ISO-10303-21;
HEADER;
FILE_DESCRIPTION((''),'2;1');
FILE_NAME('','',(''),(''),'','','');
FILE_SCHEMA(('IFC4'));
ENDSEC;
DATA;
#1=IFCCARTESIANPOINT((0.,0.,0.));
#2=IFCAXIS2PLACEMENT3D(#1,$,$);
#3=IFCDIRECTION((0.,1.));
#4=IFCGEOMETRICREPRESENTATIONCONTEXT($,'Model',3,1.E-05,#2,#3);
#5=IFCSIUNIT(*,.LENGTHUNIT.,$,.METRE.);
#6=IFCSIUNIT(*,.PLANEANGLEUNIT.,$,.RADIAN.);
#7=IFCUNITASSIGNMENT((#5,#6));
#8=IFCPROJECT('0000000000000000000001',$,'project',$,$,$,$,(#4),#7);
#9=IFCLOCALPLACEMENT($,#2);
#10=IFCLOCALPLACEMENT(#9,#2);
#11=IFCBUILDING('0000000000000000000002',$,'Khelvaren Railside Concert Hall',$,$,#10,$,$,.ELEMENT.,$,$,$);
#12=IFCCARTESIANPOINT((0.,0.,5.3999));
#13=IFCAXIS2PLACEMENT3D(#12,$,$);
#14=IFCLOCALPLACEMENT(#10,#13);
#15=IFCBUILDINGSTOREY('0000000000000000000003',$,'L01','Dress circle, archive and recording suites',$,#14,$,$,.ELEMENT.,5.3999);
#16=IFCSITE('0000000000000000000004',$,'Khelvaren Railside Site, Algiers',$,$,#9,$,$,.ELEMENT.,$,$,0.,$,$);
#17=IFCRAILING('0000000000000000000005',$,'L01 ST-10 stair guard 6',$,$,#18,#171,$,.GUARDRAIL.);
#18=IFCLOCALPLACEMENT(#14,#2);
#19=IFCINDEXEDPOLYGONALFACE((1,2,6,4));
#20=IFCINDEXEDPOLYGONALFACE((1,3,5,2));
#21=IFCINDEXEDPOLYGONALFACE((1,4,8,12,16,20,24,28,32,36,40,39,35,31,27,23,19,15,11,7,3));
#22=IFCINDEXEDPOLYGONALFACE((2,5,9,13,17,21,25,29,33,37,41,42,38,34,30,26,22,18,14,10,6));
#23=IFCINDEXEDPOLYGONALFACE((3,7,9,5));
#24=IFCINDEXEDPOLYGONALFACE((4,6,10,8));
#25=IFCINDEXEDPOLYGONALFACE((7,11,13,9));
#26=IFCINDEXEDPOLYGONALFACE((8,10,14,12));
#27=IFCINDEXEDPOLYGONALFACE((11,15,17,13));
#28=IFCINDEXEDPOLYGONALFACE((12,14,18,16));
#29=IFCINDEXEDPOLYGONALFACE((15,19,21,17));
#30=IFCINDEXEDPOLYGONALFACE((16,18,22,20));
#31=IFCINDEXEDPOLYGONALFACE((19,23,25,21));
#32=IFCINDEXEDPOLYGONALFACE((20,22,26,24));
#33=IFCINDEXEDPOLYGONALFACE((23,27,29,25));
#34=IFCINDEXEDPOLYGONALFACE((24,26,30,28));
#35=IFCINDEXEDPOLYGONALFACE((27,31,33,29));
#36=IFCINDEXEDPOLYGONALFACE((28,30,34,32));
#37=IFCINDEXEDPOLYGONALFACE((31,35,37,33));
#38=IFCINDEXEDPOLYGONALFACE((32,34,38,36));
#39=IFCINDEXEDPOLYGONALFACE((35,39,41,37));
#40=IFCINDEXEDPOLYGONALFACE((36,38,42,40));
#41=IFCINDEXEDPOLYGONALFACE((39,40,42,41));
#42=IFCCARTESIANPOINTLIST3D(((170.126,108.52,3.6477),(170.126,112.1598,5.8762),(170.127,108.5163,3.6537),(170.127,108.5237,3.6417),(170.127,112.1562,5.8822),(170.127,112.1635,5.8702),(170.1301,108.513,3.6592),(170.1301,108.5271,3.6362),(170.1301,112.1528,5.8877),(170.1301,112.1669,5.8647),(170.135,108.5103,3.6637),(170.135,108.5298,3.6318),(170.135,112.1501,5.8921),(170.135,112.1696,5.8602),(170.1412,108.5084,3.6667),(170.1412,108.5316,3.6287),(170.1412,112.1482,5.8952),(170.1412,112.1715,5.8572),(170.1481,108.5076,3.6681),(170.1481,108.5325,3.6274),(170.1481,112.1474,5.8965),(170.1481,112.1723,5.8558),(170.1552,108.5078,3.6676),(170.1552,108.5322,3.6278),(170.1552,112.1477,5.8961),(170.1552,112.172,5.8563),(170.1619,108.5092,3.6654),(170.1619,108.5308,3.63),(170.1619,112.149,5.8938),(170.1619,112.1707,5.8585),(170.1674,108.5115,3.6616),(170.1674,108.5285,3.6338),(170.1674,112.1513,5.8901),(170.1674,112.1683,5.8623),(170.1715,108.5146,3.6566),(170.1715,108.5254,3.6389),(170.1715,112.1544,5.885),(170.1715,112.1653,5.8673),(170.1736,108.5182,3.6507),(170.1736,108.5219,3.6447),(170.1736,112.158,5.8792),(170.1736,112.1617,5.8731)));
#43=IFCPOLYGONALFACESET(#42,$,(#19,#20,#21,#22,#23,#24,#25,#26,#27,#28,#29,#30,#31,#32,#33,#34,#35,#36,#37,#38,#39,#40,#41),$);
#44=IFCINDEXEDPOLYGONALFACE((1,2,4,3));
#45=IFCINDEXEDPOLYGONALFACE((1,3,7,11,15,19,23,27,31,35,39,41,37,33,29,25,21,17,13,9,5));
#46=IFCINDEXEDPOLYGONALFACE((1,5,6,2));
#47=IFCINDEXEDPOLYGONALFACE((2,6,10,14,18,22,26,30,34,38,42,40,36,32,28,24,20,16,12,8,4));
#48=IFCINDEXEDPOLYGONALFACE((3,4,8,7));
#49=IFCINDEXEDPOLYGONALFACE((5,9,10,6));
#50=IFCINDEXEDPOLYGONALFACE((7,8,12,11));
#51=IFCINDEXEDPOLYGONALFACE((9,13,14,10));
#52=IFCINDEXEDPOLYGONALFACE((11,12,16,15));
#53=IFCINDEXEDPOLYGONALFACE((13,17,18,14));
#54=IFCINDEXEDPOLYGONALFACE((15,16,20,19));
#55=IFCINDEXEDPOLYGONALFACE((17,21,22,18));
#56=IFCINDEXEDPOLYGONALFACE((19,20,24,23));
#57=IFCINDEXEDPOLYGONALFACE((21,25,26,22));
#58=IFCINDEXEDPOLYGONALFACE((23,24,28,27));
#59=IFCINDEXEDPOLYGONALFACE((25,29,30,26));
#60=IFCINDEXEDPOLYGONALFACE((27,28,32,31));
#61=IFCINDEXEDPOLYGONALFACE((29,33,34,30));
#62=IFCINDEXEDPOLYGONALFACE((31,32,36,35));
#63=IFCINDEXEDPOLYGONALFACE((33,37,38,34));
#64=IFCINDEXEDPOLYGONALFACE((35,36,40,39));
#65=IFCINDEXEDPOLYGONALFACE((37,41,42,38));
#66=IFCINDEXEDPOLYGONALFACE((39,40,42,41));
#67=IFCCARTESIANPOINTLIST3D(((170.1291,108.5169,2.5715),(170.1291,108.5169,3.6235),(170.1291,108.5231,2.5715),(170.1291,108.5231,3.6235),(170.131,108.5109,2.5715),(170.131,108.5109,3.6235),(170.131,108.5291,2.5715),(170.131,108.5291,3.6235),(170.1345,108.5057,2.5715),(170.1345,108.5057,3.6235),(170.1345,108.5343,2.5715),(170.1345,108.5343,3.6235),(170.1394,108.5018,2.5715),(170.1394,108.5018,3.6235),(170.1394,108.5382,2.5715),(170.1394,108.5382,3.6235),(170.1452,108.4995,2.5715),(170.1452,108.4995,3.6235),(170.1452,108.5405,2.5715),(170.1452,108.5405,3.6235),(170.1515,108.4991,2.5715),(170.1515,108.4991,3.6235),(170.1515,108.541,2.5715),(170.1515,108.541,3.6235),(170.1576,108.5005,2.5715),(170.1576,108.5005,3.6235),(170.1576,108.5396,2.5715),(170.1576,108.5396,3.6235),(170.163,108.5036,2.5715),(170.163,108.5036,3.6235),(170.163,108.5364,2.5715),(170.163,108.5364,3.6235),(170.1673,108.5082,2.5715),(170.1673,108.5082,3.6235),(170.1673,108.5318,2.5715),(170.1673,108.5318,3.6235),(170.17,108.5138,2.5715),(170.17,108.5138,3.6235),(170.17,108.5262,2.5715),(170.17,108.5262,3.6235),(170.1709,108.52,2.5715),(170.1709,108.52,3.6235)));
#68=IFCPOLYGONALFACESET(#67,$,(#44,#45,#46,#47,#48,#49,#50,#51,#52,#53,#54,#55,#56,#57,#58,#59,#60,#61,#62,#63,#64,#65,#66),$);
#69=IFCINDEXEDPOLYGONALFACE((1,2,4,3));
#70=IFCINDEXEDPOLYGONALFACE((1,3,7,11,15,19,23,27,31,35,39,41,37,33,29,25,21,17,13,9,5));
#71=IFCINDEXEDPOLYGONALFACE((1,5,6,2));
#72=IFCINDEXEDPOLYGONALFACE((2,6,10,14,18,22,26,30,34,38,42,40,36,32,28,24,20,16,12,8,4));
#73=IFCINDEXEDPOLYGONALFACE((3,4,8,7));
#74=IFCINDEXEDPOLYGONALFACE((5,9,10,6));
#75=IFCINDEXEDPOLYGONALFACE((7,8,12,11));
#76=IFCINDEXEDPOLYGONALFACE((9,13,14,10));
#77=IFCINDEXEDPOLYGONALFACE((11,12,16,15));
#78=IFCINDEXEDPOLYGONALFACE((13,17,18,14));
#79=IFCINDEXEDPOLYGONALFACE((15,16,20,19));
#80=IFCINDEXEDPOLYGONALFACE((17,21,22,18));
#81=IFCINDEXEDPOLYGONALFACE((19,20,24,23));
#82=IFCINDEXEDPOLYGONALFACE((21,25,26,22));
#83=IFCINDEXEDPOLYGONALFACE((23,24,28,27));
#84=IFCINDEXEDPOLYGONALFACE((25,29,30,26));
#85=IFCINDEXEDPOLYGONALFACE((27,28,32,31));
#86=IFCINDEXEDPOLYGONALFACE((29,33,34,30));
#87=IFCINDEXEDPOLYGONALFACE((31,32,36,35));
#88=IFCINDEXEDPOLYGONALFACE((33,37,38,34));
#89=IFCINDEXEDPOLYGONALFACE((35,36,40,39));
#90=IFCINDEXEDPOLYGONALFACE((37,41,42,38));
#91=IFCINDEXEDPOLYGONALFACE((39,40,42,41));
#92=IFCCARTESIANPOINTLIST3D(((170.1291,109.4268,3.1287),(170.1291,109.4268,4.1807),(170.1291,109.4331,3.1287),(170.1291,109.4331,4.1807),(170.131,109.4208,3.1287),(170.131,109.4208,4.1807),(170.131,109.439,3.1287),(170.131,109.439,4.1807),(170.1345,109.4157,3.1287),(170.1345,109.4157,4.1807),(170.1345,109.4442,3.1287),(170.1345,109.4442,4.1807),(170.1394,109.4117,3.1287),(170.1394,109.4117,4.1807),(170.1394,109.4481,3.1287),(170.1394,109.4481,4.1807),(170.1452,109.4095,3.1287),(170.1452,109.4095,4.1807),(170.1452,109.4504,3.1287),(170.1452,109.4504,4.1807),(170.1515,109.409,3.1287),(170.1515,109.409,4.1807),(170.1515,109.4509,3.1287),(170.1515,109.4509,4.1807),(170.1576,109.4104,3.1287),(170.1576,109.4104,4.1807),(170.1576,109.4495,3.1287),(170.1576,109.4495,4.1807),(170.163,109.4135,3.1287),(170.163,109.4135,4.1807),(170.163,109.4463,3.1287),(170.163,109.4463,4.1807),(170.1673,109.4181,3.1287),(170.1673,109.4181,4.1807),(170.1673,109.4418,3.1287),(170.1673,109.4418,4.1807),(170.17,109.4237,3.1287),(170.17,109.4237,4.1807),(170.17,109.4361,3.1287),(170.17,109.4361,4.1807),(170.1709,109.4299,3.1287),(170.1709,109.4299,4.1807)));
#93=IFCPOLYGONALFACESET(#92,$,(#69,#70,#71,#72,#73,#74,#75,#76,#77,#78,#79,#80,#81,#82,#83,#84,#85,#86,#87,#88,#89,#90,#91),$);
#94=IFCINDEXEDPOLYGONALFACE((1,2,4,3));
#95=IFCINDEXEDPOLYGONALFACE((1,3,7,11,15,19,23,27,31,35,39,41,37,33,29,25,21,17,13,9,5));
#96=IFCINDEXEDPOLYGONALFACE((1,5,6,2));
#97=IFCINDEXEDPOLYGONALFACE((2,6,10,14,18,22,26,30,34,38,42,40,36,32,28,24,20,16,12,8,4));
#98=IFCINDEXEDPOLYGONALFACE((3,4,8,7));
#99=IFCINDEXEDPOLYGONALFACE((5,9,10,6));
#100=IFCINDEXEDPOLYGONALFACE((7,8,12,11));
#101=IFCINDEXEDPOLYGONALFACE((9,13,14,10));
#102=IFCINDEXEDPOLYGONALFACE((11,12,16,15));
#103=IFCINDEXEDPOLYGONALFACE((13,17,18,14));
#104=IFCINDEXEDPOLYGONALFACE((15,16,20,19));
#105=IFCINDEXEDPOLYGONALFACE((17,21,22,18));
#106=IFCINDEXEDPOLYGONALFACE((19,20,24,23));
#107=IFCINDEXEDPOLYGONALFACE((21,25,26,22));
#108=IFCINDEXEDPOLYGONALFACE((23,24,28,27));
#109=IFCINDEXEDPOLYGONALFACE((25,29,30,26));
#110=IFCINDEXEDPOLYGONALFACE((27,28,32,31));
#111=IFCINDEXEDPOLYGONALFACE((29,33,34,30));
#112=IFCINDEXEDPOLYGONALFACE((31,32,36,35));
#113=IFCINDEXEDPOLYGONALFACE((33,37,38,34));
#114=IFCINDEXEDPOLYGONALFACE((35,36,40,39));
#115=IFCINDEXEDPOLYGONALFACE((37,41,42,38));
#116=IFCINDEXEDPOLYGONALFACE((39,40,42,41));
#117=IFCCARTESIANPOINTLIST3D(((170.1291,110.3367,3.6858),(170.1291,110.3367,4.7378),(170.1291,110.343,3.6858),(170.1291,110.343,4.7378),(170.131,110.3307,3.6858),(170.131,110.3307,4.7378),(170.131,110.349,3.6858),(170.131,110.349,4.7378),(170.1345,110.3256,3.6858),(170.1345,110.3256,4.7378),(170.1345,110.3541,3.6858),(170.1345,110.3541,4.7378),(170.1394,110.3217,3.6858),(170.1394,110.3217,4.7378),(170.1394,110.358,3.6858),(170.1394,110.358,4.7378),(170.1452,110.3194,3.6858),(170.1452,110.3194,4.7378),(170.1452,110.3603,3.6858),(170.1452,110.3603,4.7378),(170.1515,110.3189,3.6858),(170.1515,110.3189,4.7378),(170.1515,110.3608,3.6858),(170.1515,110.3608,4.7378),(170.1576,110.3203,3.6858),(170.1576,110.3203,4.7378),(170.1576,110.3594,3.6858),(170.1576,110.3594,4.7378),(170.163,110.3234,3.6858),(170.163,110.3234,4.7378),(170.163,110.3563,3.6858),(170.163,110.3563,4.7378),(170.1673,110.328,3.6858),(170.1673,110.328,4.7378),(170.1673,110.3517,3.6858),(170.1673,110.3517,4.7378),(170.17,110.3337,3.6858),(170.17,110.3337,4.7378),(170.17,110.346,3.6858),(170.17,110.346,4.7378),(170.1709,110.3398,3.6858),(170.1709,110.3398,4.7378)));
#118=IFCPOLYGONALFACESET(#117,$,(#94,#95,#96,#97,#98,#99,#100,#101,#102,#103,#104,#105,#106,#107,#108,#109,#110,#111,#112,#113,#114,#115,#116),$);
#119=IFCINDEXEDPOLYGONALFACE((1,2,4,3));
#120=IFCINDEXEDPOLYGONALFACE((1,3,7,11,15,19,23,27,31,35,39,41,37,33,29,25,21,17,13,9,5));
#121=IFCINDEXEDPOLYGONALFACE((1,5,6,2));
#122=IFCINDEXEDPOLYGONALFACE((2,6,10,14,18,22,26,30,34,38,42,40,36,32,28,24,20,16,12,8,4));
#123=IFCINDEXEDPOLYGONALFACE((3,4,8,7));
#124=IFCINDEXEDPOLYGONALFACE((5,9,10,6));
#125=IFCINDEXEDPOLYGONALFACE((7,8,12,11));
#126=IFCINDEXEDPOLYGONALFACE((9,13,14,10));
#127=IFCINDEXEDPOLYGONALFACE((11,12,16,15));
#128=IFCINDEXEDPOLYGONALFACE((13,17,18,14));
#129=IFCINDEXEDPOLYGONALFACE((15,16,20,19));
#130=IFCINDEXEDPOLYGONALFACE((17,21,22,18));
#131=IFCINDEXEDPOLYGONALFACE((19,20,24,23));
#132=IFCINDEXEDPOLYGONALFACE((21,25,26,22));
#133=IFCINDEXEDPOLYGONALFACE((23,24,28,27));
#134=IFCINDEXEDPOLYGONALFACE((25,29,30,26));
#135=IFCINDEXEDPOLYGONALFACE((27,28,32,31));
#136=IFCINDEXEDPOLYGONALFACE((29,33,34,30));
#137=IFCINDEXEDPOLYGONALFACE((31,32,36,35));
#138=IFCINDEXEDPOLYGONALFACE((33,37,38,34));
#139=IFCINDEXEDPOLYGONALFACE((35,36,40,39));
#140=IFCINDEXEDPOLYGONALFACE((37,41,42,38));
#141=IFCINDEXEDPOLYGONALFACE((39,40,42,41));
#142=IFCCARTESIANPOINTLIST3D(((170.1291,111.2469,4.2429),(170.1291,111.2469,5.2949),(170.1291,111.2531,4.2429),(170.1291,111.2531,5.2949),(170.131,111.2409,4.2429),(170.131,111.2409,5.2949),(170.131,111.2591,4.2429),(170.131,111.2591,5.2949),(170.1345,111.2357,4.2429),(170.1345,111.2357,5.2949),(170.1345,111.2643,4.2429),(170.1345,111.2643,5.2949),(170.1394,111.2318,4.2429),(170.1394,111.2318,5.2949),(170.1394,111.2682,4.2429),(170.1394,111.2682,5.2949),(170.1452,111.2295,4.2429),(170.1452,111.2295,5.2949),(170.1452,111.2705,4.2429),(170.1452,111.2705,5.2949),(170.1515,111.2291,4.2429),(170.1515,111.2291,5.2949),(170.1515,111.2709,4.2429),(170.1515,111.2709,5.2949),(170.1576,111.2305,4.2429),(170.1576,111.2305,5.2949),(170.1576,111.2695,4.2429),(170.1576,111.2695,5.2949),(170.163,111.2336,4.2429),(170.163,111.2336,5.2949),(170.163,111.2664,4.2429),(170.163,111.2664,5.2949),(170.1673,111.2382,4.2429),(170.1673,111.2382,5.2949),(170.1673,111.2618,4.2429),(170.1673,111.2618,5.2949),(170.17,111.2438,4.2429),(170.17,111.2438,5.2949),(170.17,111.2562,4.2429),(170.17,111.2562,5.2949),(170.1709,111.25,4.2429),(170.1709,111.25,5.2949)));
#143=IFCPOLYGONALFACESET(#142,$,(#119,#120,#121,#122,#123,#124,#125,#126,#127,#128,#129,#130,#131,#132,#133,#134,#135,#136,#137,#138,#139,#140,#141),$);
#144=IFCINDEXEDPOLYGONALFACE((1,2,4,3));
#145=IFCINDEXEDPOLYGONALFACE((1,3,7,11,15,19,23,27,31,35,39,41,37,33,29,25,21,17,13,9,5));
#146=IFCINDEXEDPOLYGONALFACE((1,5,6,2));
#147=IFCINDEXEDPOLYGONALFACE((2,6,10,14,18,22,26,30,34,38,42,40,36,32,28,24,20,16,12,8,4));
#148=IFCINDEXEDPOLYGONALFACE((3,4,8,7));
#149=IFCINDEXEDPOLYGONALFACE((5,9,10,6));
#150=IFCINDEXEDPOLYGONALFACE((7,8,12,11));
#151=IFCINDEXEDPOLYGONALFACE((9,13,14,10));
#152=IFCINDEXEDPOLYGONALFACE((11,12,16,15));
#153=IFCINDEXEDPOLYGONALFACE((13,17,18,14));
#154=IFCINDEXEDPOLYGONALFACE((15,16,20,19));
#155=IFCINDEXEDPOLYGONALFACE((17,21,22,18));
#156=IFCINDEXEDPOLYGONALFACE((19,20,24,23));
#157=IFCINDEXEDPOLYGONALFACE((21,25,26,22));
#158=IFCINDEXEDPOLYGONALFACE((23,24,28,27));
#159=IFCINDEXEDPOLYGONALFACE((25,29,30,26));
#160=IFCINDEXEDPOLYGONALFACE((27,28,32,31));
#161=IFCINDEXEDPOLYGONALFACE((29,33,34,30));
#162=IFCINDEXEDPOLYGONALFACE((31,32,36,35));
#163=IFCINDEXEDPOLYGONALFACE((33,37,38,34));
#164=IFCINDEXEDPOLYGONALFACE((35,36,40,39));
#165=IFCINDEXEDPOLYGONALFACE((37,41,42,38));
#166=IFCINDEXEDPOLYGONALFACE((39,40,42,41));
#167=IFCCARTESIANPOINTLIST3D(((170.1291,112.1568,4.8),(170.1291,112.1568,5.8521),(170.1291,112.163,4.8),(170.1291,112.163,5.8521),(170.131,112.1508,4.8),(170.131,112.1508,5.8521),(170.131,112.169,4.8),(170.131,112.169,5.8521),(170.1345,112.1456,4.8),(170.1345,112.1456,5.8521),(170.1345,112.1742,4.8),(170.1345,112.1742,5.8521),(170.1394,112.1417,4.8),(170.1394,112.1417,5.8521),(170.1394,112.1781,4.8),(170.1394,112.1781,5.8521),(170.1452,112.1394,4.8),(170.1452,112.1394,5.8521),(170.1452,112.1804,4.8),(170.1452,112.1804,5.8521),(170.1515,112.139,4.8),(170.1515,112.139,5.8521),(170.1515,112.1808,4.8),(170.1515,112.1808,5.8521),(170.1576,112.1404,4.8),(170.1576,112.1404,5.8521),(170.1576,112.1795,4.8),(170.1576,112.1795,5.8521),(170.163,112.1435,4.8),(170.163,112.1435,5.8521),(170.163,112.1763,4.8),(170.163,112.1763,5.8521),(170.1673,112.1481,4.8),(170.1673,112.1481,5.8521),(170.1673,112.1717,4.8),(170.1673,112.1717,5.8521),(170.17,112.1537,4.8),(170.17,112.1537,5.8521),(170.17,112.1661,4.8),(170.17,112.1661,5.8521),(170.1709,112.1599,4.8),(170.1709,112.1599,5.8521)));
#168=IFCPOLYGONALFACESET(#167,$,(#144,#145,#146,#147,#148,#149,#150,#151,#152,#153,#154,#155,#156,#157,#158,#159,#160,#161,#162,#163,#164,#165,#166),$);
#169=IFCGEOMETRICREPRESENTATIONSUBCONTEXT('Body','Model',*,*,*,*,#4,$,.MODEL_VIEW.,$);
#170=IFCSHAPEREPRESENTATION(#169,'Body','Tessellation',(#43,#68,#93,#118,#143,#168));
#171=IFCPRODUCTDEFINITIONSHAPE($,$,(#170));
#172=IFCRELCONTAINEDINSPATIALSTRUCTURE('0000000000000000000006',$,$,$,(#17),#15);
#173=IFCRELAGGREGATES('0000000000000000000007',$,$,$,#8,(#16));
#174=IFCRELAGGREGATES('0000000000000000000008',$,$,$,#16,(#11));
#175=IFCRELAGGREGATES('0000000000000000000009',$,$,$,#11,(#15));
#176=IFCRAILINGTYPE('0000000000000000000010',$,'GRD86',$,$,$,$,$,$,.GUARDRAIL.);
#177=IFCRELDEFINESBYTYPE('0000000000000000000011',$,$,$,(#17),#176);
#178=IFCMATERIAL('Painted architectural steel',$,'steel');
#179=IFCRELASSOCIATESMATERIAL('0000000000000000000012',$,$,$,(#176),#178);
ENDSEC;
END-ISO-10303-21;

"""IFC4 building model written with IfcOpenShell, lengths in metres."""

from ifc_helpers import new_model, si_unit, direction, frame, origin, origin_2d, place, context, subcontext, project, spatial, circle, extrude, material, type_object, element, save


model = new_model("IFC4")

# Units and contexts
model_context = context("Model", 3, precision=1e-05, world=origin(), true_north=direction((0.0, 1.0)))
body_context = subcontext(model_context, "Body", "Model", "MODEL_VIEW")
ifc_project = project(units=[si_unit("LENGTHUNIT", "METRE"), si_unit("PLANEANGLEUNIT", "RADIAN")], contexts=[model_context])

# Site, building, storey
site_placement = place(None, origin())
site = spatial("IfcSite", under=ifc_project, at=site_placement, Name="Khelvaren Railside Site, Algiers", CompositionType="ELEMENT", RefElevation=0.0)
building_placement = place(site_placement, origin())
building = spatial("IfcBuilding", under=site, at=building_placement, Name="Khelvaren Railside Concert Hall", CompositionType="ELEMENT")
storey_placement = place(building_placement, frame((0.0, 0.0, 5.3999)))
storey = spatial("IfcBuildingStorey", under=building, at=storey_placement, Name="L01", Description="Dress circle, archive and recording suites", CompositionType="ELEMENT", Elevation=5.3999)

# Railing
ifc_material_1 = material(Name="Painted architectural steel", Category="steel")
railing_type_1 = type_object("IfcRailingType", Name="GRD86", PredefinedType="GUARDRAIL", material=ifc_material_1)
railing_1_placement = place(storey_placement, frame((170.1499, 108.52, 2.5715)))
element("IfcRailing", 1, at=railing_1_placement, inside=storey, type_object=railing_type_1, Name="L01 ST-10 stair guard 6", PredefinedType="GUARDRAIL", context=body_context, shape_type="SweptSolid", body=[
    extrude(circle(Radius=0.0239, at=origin_2d()), frame((0.0, 0.0, 1.0762), z_axis=(0.0, 0.85285, 0.522156), x_axis=(-1.0, 0.0, 0.0)), (0.0, 0.0, 1.0), 4.2678),
    extrude(circle(Radius=0.021, at=origin_2d()), origin(), (0.0, 0.0, 1.0), 1.052),
    extrude(circle(Radius=0.021, at=origin_2d()), frame((0.0, 0.9099, 0.5571)), (0.0, 0.0, 1.0), 1.052),
    extrude(circle(Radius=0.021, at=origin_2d()), frame((0.0, 1.8198, 1.1143)), (0.0, 0.0, 1.0), 1.052),
    extrude(circle(Radius=0.021, at=origin_2d()), frame((0.0, 2.73, 1.6714)), (0.0, 0.0, 1.0), 1.052),
    extrude(circle(Radius=0.021, at=origin_2d()), frame((0.0, 3.6399, 2.2285)), (0.0, 0.0, 1.0), 1.052),
])

save(model, "model.ifc")
